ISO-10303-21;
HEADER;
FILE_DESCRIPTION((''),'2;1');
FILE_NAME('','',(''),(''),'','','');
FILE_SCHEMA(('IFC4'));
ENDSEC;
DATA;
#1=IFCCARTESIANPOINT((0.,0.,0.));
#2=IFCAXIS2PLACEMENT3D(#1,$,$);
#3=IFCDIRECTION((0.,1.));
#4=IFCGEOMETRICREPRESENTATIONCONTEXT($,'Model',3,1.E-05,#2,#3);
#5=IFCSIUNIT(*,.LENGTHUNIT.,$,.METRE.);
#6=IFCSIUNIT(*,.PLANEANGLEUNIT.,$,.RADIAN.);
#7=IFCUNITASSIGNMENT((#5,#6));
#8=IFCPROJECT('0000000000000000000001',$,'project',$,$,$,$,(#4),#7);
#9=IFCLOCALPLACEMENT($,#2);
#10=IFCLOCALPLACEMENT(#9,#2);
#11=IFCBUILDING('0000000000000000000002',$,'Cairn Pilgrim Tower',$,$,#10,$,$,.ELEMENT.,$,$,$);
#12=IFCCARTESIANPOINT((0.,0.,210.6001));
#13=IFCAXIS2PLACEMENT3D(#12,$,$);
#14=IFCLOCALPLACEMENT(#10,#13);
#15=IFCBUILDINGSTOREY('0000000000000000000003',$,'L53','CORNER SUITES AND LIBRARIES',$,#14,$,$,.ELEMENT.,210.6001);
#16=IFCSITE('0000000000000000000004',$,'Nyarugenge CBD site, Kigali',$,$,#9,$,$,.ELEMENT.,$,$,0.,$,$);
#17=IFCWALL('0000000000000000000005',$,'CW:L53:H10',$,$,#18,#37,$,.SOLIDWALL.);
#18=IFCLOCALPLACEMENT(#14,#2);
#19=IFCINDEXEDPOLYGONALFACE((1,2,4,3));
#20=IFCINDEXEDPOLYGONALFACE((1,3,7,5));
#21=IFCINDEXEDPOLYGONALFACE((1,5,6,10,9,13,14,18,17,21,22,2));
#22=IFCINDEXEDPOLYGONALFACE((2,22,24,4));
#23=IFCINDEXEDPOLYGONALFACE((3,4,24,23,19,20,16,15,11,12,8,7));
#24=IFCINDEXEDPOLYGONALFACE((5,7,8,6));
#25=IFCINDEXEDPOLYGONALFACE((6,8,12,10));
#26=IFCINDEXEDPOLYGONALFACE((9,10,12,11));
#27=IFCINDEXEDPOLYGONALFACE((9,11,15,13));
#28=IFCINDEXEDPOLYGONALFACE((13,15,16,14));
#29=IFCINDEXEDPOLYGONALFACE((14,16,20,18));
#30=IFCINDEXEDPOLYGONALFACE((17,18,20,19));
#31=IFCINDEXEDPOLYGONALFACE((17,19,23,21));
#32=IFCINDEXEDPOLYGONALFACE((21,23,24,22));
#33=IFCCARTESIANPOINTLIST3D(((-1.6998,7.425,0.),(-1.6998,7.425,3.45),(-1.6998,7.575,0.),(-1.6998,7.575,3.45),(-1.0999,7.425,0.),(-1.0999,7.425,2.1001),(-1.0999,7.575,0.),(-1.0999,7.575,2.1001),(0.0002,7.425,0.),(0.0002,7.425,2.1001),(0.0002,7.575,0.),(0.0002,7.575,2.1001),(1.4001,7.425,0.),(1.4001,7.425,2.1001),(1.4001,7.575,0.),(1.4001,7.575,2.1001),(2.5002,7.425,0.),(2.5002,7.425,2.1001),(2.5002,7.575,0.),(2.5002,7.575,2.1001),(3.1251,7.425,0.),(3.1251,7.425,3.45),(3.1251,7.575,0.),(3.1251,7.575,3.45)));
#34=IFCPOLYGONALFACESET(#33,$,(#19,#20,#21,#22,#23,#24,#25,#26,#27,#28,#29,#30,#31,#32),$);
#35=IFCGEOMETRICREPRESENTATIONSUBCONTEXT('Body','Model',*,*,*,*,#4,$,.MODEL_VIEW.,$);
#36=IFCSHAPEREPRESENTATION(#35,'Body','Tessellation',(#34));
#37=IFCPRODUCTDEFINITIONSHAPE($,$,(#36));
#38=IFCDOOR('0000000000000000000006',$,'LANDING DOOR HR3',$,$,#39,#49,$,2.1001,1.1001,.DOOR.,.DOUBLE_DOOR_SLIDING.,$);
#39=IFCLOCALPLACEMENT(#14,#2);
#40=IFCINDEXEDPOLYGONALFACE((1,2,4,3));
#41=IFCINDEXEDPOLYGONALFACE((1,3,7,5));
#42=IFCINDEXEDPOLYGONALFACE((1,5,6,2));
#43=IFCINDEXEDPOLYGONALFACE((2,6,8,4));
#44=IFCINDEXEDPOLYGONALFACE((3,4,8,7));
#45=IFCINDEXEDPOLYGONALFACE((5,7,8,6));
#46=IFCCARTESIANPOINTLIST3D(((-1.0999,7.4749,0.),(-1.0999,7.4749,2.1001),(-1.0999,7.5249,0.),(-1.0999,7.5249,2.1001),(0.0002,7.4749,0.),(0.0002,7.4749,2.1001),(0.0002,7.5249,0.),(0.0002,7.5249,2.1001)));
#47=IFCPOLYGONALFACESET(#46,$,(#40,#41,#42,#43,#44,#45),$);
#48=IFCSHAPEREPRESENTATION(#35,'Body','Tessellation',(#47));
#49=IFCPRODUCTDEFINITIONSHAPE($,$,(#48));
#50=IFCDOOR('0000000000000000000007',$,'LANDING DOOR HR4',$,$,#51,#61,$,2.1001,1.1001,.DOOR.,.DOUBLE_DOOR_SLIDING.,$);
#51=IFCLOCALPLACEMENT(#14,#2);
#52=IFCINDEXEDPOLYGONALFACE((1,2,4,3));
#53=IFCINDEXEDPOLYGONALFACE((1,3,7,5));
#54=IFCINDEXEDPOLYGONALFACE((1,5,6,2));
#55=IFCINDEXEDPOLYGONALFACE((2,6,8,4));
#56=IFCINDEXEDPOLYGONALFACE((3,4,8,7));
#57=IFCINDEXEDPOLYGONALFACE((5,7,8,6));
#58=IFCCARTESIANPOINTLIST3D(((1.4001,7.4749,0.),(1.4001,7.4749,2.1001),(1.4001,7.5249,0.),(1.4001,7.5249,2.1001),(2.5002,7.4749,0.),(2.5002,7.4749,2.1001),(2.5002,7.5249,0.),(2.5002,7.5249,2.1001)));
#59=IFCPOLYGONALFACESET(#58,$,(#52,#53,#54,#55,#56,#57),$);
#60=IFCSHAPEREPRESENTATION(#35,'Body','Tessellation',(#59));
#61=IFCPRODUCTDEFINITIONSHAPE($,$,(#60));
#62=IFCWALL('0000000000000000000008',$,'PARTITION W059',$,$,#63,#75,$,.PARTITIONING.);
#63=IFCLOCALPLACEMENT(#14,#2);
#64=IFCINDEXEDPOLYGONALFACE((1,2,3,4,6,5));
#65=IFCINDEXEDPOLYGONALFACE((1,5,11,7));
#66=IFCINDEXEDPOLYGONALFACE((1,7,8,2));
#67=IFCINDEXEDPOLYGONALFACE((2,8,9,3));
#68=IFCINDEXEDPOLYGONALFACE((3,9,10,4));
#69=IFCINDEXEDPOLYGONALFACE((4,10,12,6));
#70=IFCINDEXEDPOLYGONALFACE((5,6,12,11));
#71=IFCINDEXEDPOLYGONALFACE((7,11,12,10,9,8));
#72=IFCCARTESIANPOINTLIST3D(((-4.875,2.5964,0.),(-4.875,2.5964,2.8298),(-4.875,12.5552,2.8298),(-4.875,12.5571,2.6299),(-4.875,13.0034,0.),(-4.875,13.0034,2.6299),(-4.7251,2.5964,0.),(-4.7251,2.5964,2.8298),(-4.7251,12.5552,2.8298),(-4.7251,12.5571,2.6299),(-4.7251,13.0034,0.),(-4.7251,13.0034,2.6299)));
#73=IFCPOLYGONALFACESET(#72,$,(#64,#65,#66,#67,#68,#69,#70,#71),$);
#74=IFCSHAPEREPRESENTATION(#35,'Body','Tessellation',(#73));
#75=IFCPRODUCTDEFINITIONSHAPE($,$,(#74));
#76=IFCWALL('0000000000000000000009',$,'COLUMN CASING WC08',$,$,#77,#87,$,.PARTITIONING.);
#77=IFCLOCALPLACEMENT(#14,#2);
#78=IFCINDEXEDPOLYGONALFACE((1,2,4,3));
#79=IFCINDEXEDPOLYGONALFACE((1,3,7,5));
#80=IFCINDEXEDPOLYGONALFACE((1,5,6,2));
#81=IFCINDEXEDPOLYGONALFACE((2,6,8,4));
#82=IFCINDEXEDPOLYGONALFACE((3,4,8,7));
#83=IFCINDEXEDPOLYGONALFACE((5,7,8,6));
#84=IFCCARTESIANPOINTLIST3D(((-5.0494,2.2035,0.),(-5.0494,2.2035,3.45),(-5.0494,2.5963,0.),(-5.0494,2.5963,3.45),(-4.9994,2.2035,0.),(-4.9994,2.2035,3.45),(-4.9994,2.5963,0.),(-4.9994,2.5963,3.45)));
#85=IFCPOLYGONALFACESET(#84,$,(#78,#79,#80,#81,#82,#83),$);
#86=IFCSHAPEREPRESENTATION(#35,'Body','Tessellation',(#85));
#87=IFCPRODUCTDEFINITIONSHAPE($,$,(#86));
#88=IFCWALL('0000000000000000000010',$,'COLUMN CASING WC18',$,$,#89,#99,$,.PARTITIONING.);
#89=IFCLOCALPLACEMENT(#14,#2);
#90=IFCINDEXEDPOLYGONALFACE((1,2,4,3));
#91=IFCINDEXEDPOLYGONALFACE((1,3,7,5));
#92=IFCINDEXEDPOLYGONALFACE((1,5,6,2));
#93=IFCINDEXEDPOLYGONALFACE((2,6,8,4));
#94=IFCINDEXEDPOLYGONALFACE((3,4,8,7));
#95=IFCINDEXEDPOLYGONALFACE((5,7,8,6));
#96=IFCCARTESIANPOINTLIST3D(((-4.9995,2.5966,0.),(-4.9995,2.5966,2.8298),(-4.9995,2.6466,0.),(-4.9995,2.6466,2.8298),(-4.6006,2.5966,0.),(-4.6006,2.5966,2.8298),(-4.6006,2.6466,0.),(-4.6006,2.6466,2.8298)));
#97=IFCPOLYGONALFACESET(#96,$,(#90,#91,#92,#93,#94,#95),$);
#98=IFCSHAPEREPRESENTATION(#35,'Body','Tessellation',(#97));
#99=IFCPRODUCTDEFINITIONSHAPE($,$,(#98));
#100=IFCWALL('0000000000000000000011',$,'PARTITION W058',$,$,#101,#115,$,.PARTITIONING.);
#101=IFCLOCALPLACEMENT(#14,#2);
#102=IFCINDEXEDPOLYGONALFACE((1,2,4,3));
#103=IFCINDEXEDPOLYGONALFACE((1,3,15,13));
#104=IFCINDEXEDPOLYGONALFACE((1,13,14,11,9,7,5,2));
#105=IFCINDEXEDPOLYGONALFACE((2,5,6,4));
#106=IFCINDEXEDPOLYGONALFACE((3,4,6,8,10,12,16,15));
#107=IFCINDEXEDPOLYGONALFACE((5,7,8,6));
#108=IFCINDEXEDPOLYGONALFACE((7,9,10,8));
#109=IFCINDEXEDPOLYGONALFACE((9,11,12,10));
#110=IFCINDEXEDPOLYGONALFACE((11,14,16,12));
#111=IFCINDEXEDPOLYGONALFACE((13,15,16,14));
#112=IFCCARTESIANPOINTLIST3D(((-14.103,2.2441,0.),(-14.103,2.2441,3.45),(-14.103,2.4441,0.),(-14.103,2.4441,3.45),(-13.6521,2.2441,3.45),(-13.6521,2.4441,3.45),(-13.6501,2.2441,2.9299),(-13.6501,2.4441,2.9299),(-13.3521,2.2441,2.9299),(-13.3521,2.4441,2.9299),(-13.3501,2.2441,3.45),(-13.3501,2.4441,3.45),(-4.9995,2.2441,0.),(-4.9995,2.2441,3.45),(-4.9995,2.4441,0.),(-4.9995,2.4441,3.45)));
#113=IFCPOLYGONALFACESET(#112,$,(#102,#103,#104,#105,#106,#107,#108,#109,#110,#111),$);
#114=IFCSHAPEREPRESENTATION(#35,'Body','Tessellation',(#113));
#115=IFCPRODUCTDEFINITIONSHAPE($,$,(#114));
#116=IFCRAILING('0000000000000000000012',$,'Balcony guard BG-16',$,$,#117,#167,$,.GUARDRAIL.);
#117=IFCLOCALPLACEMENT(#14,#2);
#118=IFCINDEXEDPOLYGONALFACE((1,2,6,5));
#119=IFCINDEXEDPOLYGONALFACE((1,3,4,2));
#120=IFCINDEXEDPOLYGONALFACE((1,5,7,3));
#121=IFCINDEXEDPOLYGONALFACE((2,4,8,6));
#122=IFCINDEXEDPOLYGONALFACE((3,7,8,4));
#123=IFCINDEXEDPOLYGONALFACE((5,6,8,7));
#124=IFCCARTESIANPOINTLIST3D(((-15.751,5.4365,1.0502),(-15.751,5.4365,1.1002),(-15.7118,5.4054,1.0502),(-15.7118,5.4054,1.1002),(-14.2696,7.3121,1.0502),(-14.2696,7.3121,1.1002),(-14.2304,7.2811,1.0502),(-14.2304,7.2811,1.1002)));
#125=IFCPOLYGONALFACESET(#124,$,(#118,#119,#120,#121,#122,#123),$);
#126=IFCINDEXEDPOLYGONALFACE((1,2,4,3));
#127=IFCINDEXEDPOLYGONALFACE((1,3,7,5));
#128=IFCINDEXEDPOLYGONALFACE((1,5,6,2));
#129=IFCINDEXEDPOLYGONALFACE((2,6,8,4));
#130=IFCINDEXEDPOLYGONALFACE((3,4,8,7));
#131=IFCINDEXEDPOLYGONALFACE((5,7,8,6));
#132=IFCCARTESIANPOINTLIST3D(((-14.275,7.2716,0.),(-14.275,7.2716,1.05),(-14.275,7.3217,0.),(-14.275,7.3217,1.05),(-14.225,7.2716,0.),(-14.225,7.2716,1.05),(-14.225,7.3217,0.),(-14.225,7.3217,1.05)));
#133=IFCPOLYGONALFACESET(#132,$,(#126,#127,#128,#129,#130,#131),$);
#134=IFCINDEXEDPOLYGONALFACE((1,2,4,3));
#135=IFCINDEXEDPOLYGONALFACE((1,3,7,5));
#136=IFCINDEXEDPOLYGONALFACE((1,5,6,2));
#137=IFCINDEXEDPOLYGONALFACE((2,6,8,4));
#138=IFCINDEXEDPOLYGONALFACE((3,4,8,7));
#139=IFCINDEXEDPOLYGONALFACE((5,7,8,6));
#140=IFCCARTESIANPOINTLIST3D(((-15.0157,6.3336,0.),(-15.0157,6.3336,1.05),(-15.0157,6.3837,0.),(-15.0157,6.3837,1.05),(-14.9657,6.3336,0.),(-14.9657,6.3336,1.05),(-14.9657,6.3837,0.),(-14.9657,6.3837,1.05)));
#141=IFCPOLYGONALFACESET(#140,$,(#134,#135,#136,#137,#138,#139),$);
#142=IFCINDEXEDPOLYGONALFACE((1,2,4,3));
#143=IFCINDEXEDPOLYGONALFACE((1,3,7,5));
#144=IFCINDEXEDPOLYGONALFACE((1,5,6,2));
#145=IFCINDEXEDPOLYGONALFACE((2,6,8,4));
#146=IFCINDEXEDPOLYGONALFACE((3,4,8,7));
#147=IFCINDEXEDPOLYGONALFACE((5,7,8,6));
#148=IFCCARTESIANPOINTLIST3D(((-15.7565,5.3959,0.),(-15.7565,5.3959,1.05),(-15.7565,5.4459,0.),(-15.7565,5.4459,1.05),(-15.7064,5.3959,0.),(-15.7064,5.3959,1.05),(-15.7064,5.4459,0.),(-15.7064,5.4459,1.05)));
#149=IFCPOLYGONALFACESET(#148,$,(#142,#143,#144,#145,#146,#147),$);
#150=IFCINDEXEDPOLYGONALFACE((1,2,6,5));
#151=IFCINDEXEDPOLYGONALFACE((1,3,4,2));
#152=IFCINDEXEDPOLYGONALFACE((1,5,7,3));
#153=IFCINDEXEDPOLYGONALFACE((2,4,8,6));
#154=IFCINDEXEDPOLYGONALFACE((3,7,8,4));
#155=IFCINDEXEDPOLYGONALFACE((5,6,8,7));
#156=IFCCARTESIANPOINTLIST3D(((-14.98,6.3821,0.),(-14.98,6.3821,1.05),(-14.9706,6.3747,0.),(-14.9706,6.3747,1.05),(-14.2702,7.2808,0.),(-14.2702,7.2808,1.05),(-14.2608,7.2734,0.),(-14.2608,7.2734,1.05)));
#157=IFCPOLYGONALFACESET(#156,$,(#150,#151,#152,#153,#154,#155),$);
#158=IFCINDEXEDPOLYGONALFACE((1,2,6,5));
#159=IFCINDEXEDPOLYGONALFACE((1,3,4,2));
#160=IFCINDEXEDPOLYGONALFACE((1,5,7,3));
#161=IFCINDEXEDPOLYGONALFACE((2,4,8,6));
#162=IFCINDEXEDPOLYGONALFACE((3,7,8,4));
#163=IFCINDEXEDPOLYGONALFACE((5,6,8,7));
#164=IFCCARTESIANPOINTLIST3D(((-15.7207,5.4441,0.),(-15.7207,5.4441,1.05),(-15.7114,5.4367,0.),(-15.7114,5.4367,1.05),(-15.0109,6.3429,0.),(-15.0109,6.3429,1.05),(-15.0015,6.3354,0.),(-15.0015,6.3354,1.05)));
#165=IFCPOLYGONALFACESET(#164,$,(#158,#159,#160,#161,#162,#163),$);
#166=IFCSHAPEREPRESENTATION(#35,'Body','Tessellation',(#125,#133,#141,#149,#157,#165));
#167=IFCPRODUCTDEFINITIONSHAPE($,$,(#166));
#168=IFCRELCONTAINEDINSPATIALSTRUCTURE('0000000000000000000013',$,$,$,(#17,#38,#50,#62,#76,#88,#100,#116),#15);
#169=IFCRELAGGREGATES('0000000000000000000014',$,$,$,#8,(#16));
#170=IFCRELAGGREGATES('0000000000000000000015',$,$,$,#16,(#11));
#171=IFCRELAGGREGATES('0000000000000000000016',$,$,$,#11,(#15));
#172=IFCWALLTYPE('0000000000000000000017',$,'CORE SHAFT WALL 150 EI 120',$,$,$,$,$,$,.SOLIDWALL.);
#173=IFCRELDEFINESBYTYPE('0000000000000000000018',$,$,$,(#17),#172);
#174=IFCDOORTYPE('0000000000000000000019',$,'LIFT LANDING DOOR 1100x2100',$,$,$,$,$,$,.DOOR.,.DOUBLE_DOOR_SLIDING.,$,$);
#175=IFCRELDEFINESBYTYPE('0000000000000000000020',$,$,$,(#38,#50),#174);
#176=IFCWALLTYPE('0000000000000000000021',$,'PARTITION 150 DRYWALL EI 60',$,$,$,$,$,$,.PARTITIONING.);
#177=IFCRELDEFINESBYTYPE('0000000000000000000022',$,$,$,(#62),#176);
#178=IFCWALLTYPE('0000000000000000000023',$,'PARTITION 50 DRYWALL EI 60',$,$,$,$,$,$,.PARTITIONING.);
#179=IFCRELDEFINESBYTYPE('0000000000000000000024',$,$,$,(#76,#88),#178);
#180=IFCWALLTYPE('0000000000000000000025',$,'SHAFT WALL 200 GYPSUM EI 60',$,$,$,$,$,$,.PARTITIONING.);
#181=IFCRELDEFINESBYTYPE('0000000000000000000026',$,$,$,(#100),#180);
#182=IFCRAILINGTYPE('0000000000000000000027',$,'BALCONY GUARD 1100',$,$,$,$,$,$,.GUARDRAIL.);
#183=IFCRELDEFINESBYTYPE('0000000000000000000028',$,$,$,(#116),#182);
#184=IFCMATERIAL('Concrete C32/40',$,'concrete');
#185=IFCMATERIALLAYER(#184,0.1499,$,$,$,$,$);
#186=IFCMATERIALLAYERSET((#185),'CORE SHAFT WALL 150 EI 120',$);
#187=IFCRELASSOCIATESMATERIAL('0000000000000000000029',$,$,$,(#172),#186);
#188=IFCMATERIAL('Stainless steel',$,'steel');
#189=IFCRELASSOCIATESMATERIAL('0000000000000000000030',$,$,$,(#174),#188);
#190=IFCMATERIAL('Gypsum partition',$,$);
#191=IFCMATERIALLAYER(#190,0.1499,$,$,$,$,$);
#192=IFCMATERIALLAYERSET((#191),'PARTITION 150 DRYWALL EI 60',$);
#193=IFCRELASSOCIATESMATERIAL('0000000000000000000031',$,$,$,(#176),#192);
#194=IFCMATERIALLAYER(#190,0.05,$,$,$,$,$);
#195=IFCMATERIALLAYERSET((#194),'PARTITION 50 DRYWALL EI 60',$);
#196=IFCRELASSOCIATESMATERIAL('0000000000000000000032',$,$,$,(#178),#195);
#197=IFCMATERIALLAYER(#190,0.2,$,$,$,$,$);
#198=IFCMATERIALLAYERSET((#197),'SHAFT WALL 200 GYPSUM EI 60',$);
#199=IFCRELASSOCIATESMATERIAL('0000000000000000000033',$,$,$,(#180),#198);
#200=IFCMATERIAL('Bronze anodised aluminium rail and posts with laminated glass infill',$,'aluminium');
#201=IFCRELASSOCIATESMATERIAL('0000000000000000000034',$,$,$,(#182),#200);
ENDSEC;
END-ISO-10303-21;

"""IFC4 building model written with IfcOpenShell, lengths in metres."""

from ifc_helpers import new_model, si_unit, direction, frame, frame_2d, origin, origin_2d, place, context, subcontext, project, spatial, polyline, rectangle, outline, extrude, material, layer, layer_set, type_object, element, fill, save


model = new_model("IFC4")

# Units and contexts
model_context = context("Model", 3, precision=1e-05, world=origin(), true_north=direction((0.0, 1.0)))
body_context = subcontext(model_context, "Body", "Model", "MODEL_VIEW")
ifc_project = project(units=[si_unit("LENGTHUNIT", "METRE"), si_unit("PLANEANGLEUNIT", "RADIAN")], contexts=[model_context])

# Site, building, storey
site_placement = place(None, origin())
site = spatial("IfcSite", under=ifc_project, at=site_placement, Name="Nyarugenge CBD site, Kigali", CompositionType="ELEMENT", RefElevation=0.0)
building_placement = place(site_placement, origin())
building = spatial("IfcBuilding", under=site, at=building_placement, Name="Cairn Pilgrim Tower", CompositionType="ELEMENT")
storey_placement = place(building_placement, frame((0.0, 0.0, 210.6001)))
storey = spatial("IfcBuildingStorey", under=building, at=storey_placement, Name="L53", Description="CORNER SUITES AND LIBRARIES", CompositionType="ELEMENT", Elevation=210.6001)

# Shared definitions
ifc_material_1 = material(Name="Concrete C32/40", Category="concrete")
ifc_layer_1 = layer(ifc_material_1, 0.1499)
ifc_layer_set_1 = layer_set([ifc_layer_1], Name="CORE SHAFT WALL 150 EI 120")
wall_type_1 = type_object("IfcWallType", Name="CORE SHAFT WALL 150 EI 120", PredefinedType="SOLIDWALL", material=ifc_layer_set_1)

# Wall, openings, doors
ifc_material_2 = material(Name="Stainless steel", Category="steel")
door_type = type_object("IfcDoorType", Name="LIFT LANDING DOOR 1100x2100", OperationType="DOUBLE_DOOR_SLIDING", PredefinedType="DOOR", material=ifc_material_2)
wall_1_placement = place(storey_placement, frame((-1.7, 7.5, 0.0), z_axis=(0.0, 0.0, 1.0), x_axis=(1.0, 0.0, 0.0)))
wall_1 = element("IfcWall", 1, at=wall_1_placement, inside=storey, type_object=wall_type_1, Name="CW:L53:H10", PredefinedType="SOLIDWALL", context=body_context, shape_type="SweptSolid", body=[
    extrude(rectangle(XDim=4.825, YDim=0.1499, at=frame_2d((2.4126, 0.0))), origin(), (0.0, 0.0, 1.0), 3.45),
])
opening_1_placement = place(wall_1_placement, frame((0.6001, 0.0, 0.0)))
opening_1 = element("IfcOpeningElement", 2, at=opening_1_placement, cuts=wall_1, PredefinedType="OPENING", context=body_context, shape_type="SweptSolid", body=[
    extrude(rectangle(XDim=1.1001, YDim=2.1001, at=frame_2d((0.55, 1.05))), frame((0.0, 0.085, 0.0), z_axis=(0.0, -1.0, 0.0), x_axis=(1.0, 0.0, 0.0)), (0.0, 0.0, 1.0), 0.1699),
])
opening_2_placement = place(wall_1_placement, frame((3.1001, 0.0, 0.0)))
opening_2 = element("IfcOpeningElement", 3, at=opening_2_placement, cuts=wall_1, PredefinedType="OPENING", context=body_context, shape_type="SweptSolid", body=[
    extrude(rectangle(XDim=1.1001, YDim=2.1001, at=frame_2d((0.55, 1.05))), frame((0.0, 0.085, 0.0), z_axis=(0.0, -1.0, 0.0), x_axis=(1.0, 0.0, 0.0)), (0.0, 0.0, 1.0), 0.1699),
])
door_1_placement = place(opening_1_placement, origin())
door_1 = element("IfcDoor", 4, at=door_1_placement, inside=storey, type_object=door_type, Name="LANDING DOOR HR3", OperationType="DOUBLE_DOOR_SLIDING", OverallHeight=2.1001, OverallWidth=1.1001, PredefinedType="DOOR", context=body_context, shape_type="SweptSolid", body=[
    extrude(rectangle(XDim=1.1001, YDim=2.1001, at=frame_2d((0.55, 1.05))), frame((0.0, 0.0249, 0.0), z_axis=(0.0, -1.0, 0.0), x_axis=(1.0, 0.0, 0.0)), (0.0, 0.0, 1.0), 0.05),
])
fill(opening_1, door_1)
door_2_placement = place(opening_2_placement, origin())
door_2 = element("IfcDoor", 5, at=door_2_placement, inside=storey, type_object=door_type, Name="LANDING DOOR HR4", OperationType="DOUBLE_DOOR_SLIDING", OverallHeight=2.1001, OverallWidth=1.1001, PredefinedType="DOOR", context=body_context, shape_type="SweptSolid", body=[
    extrude(rectangle(XDim=1.1001, YDim=2.1001, at=frame_2d((0.55, 1.05))), frame((0.0, 0.0249, 0.0), z_axis=(0.0, -1.0, 0.0), x_axis=(1.0, 0.0, 0.0)), (0.0, 0.0, 1.0), 0.05),
])
fill(opening_2, door_2)

# Walls
ifc_material_3 = material(Name="Gypsum partition")
ifc_layer_2 = layer(ifc_material_3, 0.1499)
ifc_layer_set_2 = layer_set([ifc_layer_2], Name="PARTITION 150 DRYWALL EI 60")
wall_type_2 = type_object("IfcWallType", Name="PARTITION 150 DRYWALL EI 60", PredefinedType="PARTITIONING", material=ifc_layer_set_2)
wall_2_placement = place(storey_placement, frame((-4.8, 2.5964, 0.0), z_axis=(0.0, 0.0, 1.0), x_axis=(0.0, 1.0, 0.0)))
element("IfcWall", 6, at=wall_2_placement, inside=storey, type_object=wall_type_2, Name="PARTITION W059", PredefinedType="PARTITIONING", context=body_context, shape_type="SweptSolid", body=[
    extrude(outline(polyline([(0.0, 0.0), (10.407, 0.0), (10.407, 2.6299), (9.9607, 2.6299), (9.9587, 2.8298), (0.0, 2.8298), (0.0, 0.0)])), frame((0.0, 0.075, 0.0), z_axis=(0.0, -1.0, 0.0), x_axis=(1.0, 0.0, 0.0)), (0.0, 0.0, 1.0), 0.1499),
])
ifc_layer_3 = layer(ifc_material_3, 0.05)
ifc_layer_set_3 = layer_set([ifc_layer_3], Name="PARTITION 50 DRYWALL EI 60")
wall_type_3 = type_object("IfcWallType", Name="PARTITION 50 DRYWALL EI 60", PredefinedType="PARTITIONING", material=ifc_layer_set_3)
wall_3_placement = place(storey_placement, frame((-5.0244, 2.2036, 0.0), z_axis=(0.0, 0.0, 1.0), x_axis=(0.0, 1.0, 0.0)))
element("IfcWall", 7, at=wall_3_placement, inside=storey, type_object=wall_type_3, Name="COLUMN CASING WC08", PredefinedType="PARTITIONING", context=body_context, shape_type="SweptSolid", body=[
    extrude(rectangle(XDim=0.3928, YDim=0.05, at=frame_2d((0.1963, 0.0))), origin(), (0.0, 0.0, 1.0), 3.45),
])
wall_4_placement = place(storey_placement, frame((-4.9995, 2.6216, 0.0), z_axis=(0.0, 0.0, 1.0), x_axis=(1.0, 0.0, 0.0)))
element("IfcWall", 8, at=wall_4_placement, inside=storey, type_object=wall_type_3, Name="COLUMN CASING WC18", PredefinedType="PARTITIONING", context=body_context, shape_type="SweptSolid", body=[
    extrude(rectangle(XDim=0.3989, YDim=0.05, at=frame_2d((0.1995, 0.0))), origin(), (0.0, 0.0, 1.0), 2.8298),
])
ifc_layer_4 = layer(ifc_material_3, 0.2)
ifc_layer_set_4 = layer_set([ifc_layer_4], Name="SHAFT WALL 200 GYPSUM EI 60")
wall_type_4 = type_object("IfcWallType", Name="SHAFT WALL 200 GYPSUM EI 60", PredefinedType="PARTITIONING", material=ifc_layer_set_4)
wall_5_placement = place(storey_placement, frame((-14.103, 2.344, 0.0), z_axis=(0.0, 0.0, 1.0), x_axis=(1.0, 0.0, 0.0)))
element("IfcWall", 9, at=wall_5_placement, inside=storey, type_object=wall_type_4, Name="PARTITION W058", PredefinedType="PARTITIONING", context=body_context, shape_type="SweptSolid", body=[
    extrude(outline(polyline([(0.0, 0.0), (9.1035, 0.0), (9.1035, 3.45), (0.7529, 3.45), (0.751, 2.9299), (0.4529, 2.9299), (0.4509, 3.45), (0.0, 3.45), (0.0, 0.0)])), frame((0.0, 0.1001, 0.0), z_axis=(0.0, -1.0, 0.0), x_axis=(1.0, 0.0, 0.0)), (0.0, 0.0, 1.0), 0.2),
])

# Railing
ifc_material_4 = material(Name="Bronze anodised aluminium rail and posts with laminated glass infill", Category="aluminium")
railing_type = type_object("IfcRailingType", Name="BALCONY GUARD 1100", PredefinedType="GUARDRAIL", material=ifc_material_4)
railing_1_placement = place(storey_placement, frame((-14.25, 7.2966, 0.0)))
element("IfcRailing", 10, at=railing_1_placement, inside=storey, type_object=railing_type, Name="Balcony guard BG-16", PredefinedType="GUARDRAIL", context=body_context, shape_type="SweptSolid", body=[
    extrude(rectangle(XDim=0.05, YDim=0.05, at=origin_2d()), frame((0.0, 0.0, 1.0752), z_axis=(-0.6198, -0.78476, 0.0), x_axis=(0.78476, -0.6198, 0.0)), (0.0, 0.0, 1.0), 2.3901),
    extrude(rectangle(XDim=0.05, YDim=0.05, at=origin_2d()), origin(), (0.0, 0.0, 1.0), 1.05),
    extrude(rectangle(XDim=0.05, YDim=0.05, at=origin_2d()), frame((-0.7407, -0.938, 0.0)), (0.0, 0.0, 1.0), 1.05),
    extrude(rectangle(XDim=0.05, YDim=0.05, at=origin_2d()), frame((-1.4814, -1.8757, 0.0)), (0.0, 0.0, 1.0), 1.05),
    extrude(outline(polyline([(0.0249, 0.0), (1.1702, 0.0), (1.1702, 1.05), (0.0249, 1.05), (0.0249, 0.0)])), frame((0.0046, -0.0037, 0.0), z_axis=(-0.78476, 0.6198, 0.0), x_axis=(-0.6198, -0.78476, 0.0)), (0.0, 0.0, 1.0), 0.012),
    extrude(outline(polyline([(0.0249, 0.0), (1.1702, 0.0), (1.1702, 1.05), (0.0249, 1.05), (0.0249, 0.0)])), frame((-0.7361, -0.9417, 0.0), z_axis=(-0.78476, 0.6198, 0.0), x_axis=(-0.6198, -0.78476, 0.0)), (0.0, 0.0, 1.0), 0.012),
])

save(model, "model.ifc")
